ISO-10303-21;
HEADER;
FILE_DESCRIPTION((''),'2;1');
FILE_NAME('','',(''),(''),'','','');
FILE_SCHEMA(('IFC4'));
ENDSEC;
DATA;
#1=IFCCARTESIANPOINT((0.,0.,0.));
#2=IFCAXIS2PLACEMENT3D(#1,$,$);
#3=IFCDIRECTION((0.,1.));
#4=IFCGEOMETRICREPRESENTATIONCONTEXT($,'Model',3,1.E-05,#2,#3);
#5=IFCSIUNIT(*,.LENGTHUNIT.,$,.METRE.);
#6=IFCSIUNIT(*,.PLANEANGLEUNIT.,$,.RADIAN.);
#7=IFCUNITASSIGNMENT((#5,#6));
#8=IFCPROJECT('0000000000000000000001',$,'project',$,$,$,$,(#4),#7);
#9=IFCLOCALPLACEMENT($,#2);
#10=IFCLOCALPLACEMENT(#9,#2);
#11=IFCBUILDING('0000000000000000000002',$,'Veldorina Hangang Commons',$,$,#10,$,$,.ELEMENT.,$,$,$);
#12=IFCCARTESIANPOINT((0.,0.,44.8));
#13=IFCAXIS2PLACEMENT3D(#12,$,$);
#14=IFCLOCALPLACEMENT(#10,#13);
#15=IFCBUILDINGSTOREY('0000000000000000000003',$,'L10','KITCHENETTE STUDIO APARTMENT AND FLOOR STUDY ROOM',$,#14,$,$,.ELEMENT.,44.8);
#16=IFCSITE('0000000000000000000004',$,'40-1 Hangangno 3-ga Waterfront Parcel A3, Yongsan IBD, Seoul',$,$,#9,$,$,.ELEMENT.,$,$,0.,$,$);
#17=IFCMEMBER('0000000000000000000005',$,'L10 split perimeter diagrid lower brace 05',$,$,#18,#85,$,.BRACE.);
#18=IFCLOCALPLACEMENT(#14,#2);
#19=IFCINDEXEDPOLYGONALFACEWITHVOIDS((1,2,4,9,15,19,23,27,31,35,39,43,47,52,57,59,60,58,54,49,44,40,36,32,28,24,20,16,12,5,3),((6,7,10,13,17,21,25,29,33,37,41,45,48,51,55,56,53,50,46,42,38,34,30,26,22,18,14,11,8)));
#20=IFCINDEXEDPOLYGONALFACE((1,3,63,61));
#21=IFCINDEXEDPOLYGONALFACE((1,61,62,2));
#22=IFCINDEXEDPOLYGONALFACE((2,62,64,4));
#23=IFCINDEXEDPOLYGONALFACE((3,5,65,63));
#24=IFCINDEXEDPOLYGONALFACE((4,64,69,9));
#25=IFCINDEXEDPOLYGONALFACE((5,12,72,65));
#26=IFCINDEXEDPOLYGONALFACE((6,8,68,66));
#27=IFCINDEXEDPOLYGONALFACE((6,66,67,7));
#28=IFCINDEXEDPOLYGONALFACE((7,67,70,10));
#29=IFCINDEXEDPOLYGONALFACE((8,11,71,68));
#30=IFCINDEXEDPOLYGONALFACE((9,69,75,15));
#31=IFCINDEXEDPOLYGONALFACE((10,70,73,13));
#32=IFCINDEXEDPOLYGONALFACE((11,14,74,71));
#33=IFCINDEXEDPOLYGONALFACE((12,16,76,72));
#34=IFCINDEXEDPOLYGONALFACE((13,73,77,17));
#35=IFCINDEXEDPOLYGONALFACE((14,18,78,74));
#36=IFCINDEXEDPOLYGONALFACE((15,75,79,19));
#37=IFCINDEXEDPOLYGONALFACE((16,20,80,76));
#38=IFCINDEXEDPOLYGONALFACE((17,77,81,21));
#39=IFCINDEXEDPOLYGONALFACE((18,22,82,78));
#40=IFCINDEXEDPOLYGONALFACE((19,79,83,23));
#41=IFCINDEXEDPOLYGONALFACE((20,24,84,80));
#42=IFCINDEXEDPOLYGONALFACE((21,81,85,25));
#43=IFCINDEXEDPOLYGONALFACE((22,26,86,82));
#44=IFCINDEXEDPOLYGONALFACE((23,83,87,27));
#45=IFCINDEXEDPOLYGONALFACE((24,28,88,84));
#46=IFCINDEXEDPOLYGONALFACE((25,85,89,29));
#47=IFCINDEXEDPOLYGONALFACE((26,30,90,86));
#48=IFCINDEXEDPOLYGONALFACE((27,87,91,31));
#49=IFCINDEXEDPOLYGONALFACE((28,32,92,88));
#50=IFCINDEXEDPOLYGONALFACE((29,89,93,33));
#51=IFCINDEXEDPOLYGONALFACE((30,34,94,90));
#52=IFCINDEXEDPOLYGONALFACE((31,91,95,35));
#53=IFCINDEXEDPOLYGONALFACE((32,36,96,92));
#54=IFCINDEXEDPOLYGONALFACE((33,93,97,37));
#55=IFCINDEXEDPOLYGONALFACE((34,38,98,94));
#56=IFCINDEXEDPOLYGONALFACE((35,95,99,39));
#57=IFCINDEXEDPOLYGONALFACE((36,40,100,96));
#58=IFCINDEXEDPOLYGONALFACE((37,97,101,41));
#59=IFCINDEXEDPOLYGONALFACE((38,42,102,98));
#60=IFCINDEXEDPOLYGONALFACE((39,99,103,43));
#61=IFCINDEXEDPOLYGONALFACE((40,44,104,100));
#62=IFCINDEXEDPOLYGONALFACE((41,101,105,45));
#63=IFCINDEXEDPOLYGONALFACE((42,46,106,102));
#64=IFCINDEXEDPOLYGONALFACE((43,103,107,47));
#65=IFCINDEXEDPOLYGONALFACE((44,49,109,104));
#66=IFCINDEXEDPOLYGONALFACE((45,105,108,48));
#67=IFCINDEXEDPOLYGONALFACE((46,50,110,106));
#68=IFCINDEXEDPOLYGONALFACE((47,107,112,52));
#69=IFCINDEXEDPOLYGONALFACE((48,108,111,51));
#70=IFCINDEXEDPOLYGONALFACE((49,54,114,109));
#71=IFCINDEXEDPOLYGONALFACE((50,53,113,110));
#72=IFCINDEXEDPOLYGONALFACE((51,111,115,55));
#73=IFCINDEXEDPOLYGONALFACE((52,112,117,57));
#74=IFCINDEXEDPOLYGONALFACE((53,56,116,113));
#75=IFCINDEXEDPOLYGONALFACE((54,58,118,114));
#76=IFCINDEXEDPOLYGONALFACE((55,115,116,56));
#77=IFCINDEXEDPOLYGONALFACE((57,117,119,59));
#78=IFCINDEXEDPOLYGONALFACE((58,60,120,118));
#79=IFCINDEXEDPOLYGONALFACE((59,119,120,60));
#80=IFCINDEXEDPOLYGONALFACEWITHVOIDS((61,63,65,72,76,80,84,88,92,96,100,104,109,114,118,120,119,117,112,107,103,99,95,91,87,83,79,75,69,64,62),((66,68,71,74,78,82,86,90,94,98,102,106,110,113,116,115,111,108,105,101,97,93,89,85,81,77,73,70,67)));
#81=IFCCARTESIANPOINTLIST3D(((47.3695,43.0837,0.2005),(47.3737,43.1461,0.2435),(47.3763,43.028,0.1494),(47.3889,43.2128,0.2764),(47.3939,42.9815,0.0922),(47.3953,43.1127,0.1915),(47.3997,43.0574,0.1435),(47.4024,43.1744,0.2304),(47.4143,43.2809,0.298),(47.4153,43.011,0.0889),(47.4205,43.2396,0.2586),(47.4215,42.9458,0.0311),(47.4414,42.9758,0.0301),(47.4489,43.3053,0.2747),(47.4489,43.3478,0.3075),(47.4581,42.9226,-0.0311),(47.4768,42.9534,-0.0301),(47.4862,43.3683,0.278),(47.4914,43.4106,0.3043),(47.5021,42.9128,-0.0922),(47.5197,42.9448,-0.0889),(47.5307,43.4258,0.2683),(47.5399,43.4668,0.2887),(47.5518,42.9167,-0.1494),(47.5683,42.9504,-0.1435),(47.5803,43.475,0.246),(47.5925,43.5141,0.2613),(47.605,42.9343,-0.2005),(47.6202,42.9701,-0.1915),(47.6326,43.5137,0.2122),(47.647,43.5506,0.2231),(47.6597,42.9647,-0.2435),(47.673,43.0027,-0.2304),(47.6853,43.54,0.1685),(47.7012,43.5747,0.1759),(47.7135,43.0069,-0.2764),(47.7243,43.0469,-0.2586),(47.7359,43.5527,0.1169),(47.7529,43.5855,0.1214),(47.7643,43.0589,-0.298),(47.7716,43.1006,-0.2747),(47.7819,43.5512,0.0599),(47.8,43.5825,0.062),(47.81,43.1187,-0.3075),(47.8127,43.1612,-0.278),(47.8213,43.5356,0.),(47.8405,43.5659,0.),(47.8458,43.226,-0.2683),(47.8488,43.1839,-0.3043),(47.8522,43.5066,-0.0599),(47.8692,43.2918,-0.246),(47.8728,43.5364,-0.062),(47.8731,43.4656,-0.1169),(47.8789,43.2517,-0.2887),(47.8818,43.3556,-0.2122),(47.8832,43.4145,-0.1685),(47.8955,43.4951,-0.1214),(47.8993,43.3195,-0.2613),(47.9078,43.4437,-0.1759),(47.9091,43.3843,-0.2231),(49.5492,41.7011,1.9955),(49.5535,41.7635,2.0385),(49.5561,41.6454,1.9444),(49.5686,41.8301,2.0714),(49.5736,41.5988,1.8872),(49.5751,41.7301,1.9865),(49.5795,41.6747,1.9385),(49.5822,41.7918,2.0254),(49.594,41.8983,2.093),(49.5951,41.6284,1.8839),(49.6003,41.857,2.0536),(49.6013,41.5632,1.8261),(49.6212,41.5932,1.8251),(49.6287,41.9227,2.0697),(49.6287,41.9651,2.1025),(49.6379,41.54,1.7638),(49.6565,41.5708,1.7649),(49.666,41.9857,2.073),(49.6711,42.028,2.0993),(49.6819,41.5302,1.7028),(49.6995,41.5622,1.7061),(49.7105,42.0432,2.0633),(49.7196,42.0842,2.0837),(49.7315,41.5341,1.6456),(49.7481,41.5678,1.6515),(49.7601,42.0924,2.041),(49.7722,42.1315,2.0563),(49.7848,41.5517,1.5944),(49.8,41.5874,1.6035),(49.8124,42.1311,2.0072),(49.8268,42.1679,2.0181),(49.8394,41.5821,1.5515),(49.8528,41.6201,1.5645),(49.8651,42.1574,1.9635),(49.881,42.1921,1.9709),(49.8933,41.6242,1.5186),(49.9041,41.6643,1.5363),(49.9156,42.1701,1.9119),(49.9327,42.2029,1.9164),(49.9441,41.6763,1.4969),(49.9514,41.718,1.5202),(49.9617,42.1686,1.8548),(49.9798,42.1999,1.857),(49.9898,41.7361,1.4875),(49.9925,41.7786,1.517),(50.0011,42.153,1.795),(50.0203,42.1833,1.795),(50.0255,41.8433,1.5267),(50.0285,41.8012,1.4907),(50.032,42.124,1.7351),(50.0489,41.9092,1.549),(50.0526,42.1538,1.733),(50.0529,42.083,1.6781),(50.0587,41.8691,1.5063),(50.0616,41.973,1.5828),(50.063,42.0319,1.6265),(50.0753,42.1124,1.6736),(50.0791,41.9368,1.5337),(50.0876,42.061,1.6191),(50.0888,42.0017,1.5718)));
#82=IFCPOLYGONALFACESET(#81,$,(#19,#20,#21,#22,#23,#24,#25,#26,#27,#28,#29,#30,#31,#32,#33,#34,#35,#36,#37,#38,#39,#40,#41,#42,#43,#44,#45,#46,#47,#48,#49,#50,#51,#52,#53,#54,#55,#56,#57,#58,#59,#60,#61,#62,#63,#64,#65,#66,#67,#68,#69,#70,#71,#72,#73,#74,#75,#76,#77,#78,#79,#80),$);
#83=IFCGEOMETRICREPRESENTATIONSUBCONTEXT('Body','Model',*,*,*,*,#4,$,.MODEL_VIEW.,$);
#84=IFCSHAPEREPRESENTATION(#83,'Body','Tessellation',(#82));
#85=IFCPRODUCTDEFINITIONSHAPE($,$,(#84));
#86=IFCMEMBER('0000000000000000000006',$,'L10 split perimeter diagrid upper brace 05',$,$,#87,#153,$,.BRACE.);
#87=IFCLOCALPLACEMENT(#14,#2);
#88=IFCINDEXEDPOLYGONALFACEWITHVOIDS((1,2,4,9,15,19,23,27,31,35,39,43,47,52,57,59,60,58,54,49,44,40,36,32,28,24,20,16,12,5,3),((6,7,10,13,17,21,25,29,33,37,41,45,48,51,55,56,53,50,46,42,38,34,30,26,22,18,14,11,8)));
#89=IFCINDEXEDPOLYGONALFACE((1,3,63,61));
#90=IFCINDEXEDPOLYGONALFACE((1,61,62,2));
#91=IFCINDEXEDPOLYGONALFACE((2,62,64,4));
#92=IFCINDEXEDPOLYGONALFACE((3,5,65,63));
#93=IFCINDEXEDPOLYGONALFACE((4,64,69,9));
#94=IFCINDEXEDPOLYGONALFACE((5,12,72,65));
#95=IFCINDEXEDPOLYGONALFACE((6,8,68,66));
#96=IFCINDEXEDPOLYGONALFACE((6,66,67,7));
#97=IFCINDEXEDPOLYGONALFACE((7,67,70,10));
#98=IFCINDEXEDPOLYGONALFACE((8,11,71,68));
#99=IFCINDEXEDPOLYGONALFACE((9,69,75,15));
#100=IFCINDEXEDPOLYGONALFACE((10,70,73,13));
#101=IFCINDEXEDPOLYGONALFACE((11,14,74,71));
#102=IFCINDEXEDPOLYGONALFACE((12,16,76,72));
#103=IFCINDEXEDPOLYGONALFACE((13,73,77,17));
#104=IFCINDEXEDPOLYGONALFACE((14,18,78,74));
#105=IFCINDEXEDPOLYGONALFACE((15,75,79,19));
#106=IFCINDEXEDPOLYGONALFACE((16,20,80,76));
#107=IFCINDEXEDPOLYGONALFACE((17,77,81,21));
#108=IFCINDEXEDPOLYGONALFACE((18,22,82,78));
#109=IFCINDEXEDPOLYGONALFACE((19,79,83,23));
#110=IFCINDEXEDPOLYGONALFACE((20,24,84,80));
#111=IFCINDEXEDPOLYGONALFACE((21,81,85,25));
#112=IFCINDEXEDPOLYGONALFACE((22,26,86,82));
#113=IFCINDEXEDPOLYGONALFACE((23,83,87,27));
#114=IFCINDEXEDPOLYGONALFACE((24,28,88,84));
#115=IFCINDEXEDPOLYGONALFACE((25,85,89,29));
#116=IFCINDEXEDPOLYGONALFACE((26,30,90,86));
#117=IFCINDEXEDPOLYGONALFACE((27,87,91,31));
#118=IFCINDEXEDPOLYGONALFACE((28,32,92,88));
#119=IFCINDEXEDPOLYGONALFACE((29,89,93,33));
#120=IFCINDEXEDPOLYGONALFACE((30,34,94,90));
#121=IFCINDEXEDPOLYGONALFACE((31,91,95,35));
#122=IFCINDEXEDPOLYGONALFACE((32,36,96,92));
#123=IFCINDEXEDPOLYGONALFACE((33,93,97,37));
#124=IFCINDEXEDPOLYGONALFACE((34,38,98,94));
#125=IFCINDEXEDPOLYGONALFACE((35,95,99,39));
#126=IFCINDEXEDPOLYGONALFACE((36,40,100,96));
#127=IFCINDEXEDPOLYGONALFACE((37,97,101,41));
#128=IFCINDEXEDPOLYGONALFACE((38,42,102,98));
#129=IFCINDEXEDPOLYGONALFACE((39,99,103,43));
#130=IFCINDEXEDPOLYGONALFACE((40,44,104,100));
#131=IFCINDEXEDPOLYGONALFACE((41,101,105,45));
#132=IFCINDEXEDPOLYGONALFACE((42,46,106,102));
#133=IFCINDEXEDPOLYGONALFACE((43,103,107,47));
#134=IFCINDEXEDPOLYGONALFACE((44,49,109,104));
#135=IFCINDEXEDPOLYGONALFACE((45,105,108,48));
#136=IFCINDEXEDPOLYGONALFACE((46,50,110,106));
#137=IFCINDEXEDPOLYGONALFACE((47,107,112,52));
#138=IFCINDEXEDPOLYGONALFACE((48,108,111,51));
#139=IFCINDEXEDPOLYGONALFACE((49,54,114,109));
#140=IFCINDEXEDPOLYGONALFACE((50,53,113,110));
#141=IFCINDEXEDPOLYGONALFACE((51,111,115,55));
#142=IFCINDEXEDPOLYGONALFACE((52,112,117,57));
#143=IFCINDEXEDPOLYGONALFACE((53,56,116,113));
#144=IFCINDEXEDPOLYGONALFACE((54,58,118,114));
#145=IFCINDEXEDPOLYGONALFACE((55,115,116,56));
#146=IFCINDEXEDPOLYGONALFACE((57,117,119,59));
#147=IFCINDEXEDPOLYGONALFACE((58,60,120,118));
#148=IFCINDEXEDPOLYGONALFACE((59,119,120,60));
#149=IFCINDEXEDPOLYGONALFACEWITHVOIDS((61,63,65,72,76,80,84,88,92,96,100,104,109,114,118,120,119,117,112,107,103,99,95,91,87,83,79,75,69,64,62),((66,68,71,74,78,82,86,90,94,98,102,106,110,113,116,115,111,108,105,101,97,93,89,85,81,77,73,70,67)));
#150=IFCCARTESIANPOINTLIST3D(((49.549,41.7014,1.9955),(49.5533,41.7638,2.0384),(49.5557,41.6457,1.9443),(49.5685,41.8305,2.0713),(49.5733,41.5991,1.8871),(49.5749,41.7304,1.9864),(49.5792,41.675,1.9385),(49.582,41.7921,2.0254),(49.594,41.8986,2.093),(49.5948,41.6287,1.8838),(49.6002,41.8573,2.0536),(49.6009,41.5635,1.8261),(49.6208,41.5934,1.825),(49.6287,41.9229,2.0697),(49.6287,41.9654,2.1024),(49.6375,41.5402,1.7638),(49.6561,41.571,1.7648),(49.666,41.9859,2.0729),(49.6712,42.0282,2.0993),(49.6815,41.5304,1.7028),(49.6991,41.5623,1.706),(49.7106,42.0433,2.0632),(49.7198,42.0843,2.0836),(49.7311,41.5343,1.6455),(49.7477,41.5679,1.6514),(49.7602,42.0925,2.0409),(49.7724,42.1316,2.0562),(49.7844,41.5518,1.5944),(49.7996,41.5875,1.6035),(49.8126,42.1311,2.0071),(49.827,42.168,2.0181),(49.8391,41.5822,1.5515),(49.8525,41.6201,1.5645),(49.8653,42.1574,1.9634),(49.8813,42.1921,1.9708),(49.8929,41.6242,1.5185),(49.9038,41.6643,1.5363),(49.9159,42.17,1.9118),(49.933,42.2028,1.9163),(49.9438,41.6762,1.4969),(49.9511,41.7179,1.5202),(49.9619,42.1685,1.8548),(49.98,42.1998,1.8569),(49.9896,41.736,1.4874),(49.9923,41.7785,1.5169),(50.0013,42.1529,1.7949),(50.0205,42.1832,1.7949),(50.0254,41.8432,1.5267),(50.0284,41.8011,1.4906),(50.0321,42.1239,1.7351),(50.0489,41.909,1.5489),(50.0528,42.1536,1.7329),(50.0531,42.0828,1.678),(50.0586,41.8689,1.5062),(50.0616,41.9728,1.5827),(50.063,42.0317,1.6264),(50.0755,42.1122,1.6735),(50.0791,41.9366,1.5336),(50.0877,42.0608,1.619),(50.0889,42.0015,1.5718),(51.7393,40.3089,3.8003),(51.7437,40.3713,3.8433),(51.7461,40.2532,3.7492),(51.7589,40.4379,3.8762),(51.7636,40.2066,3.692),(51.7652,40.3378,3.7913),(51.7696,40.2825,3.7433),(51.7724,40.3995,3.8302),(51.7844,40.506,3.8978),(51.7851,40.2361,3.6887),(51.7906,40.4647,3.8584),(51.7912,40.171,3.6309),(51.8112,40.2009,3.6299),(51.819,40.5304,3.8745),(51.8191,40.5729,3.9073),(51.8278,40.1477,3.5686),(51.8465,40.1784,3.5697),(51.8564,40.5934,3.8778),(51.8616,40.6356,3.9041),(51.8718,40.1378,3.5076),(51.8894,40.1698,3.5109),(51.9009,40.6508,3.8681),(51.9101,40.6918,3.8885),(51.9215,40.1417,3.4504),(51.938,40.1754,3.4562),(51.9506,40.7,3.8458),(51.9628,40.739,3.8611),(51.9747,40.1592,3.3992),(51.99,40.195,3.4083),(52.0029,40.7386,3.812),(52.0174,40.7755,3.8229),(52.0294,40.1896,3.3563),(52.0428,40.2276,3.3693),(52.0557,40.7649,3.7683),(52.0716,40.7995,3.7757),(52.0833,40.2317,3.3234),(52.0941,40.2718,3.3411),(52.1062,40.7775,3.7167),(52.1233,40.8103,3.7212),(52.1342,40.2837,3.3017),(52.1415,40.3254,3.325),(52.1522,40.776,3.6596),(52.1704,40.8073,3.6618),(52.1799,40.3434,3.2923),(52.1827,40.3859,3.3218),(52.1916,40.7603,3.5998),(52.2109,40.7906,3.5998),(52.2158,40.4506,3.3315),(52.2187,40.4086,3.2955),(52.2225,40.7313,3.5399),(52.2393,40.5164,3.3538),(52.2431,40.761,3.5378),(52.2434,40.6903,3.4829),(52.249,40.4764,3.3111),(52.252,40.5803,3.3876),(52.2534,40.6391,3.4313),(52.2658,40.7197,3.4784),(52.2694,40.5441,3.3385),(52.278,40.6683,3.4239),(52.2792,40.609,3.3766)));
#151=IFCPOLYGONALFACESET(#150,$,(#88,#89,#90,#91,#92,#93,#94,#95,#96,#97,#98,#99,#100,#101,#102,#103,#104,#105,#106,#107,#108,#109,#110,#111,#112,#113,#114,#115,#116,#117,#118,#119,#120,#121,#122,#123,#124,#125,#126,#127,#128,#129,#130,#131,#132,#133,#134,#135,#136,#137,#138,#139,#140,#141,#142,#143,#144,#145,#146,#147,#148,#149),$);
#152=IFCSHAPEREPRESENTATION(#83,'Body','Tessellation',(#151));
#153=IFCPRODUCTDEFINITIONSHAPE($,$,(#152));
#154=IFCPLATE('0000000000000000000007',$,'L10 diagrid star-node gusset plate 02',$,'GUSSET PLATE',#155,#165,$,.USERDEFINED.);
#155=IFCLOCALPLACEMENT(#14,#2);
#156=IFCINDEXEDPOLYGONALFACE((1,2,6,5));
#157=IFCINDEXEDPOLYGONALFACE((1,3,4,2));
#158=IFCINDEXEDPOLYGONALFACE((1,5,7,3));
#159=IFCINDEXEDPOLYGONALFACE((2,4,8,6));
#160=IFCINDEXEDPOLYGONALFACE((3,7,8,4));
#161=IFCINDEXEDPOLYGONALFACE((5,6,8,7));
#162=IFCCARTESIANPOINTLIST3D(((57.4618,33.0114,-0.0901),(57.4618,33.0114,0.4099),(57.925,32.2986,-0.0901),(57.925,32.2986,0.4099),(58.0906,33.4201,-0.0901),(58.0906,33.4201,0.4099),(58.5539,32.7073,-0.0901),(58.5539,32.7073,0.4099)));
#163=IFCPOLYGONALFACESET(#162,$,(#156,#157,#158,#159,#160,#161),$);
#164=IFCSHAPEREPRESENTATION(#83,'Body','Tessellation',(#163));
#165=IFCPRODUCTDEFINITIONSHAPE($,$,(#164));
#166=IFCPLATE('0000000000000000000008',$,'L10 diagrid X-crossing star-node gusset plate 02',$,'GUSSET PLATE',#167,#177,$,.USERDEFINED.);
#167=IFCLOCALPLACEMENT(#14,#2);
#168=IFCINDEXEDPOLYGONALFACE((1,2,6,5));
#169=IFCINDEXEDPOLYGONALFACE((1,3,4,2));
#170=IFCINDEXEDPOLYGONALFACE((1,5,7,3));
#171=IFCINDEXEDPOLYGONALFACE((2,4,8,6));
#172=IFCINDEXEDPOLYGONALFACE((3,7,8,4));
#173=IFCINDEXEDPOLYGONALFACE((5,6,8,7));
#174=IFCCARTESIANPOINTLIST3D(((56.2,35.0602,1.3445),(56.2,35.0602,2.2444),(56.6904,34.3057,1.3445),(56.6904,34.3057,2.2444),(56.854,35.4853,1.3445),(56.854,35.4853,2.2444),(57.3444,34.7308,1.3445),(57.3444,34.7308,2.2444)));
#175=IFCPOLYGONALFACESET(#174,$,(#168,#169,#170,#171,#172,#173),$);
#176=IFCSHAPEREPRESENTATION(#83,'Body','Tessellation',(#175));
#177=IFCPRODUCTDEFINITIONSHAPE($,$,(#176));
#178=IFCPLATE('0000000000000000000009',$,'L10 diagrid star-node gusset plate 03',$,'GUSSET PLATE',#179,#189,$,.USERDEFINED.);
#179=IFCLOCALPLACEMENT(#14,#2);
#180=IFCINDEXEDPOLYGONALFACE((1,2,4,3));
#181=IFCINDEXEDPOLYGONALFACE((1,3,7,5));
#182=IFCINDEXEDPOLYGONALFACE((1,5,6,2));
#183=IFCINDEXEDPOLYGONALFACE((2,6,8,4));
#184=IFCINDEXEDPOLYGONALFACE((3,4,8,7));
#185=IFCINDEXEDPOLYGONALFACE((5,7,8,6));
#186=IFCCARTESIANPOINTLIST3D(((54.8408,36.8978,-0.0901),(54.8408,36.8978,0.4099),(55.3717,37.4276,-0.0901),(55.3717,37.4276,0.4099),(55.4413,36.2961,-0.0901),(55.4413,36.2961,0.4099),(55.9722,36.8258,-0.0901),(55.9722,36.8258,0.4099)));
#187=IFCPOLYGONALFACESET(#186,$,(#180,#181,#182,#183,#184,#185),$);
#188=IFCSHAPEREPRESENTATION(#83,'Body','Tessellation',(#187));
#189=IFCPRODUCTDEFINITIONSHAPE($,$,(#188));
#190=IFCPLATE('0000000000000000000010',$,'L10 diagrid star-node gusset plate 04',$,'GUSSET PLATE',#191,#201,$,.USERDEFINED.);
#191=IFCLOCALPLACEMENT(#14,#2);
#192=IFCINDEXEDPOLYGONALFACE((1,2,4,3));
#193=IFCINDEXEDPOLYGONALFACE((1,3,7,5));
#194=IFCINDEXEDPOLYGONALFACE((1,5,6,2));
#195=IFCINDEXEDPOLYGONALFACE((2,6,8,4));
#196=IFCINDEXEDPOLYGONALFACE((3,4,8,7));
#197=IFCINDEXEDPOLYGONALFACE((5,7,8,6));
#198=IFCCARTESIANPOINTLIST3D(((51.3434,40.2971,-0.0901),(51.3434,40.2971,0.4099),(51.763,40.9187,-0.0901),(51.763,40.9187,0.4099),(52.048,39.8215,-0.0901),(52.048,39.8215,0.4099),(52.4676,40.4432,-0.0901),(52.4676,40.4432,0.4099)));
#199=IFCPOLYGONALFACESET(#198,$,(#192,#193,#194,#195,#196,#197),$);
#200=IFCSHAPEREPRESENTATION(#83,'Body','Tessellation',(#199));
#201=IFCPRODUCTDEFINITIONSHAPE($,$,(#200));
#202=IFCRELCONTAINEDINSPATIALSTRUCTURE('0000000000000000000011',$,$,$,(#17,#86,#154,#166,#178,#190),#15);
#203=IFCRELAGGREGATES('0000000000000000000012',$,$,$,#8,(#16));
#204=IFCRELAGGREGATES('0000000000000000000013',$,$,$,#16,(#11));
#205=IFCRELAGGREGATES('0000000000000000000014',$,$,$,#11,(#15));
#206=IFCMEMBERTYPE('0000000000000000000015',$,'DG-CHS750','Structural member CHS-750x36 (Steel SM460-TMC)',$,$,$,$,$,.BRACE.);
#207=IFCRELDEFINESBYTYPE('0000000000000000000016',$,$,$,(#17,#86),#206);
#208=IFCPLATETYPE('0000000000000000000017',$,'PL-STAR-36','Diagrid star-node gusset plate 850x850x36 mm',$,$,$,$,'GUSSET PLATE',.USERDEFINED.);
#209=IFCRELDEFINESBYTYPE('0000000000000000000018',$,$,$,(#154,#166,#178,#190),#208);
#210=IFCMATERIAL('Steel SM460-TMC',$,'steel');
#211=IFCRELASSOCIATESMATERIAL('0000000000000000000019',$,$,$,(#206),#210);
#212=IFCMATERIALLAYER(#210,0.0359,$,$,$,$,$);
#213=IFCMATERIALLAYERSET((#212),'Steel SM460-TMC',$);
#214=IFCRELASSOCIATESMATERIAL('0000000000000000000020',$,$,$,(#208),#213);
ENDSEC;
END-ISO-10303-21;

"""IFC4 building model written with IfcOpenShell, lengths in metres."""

from ifc_helpers import new_model, si_unit, direction, frame, origin, origin_2d, place, context, subcontext, project, spatial, rectangle, hollow_circle, extrude, material, layer, layer_set, material_profile, profile_set, type_object, element, save


model = new_model("IFC4")

# Units and contexts
model_context = context("Model", 3, precision=1e-05, world=origin(), true_north=direction((0.0, 1.0)))
body_context = subcontext(model_context, "Body", "Model", "MODEL_VIEW")
ifc_project = project(units=[si_unit("LENGTHUNIT", "METRE"), si_unit("PLANEANGLEUNIT", "RADIAN")], contexts=[model_context])

# Site, building, storey
site_placement = place(None, origin())
site = spatial("IfcSite", under=ifc_project, at=site_placement, Name="40-1 Hangangno 3-ga Waterfront Parcel A3, Yongsan IBD, Seoul", CompositionType="ELEMENT", RefElevation=0.0)
building_placement = place(site_placement, origin())
building = spatial("IfcBuilding", under=site, at=building_placement, Name="Veldorina Hangang Commons", CompositionType="ELEMENT")
storey_placement = place(building_placement, frame((0.0, 0.0, 44.8)))
storey = spatial("IfcBuildingStorey", under=building, at=storey_placement, Name="L10", Description="KITCHENETTE STUDIO APARTMENT AND FLOOR STUDY ROOM", CompositionType="ELEMENT", Elevation=44.8)

# Shared definitions
ifc_material_1 = material(Name="Steel SM460-TMC", Category="steel")

# Members
ifc_material_profile_1 = material_profile(ifc_material_1, hollow_circle(Radius=0.375, WallThickness=0.0359, at=origin_2d()), Name="CHS-750x36")
ifc_profile_set_1 = profile_set([ifc_material_profile_1], Name="Steel SM460-TMC")
member_type = type_object("IfcMemberType", Name="DG-CHS750", Description="Structural member CHS-750x36 (Steel SM460-TMC)", PredefinedType="BRACE", material=ifc_profile_set_1)
member_1_placement = place(storey_placement, frame((47.6396, 43.2493, 0.0), z_axis=(0.693301, -0.439758, 0.570917), x_axis=(0.535633, 0.844451, 0.0)))
element("IfcMember", 1, at=member_1_placement, inside=storey, type_object=member_type, Name="L10 split perimeter diagrid lower brace 05", PredefinedType="BRACE", context=body_context, shape_type="SweptSolid", body=[
    extrude(hollow_circle(Radius=0.375, WallThickness=0.0359, at=origin_2d()), origin(), (0.0, 0.0, 1.0), 3.144),
])
member_2_placement = place(storey_placement, frame((49.8193, 41.8667, 1.7949), z_axis=(0.692847, -0.440481, 0.570911), x_axis=(0.53651, 0.843894, 0.0)))
element("IfcMember", 2, at=member_2_placement, inside=storey, type_object=member_type, Name="L10 split perimeter diagrid upper brace 05", PredefinedType="BRACE", context=body_context, shape_type="SweptSolid", body=[
    extrude(hollow_circle(Radius=0.375, WallThickness=0.0359, at=origin_2d()), origin(), (0.0, 0.0, 1.0), 3.1614),
])

# Plates
ifc_layer_1 = layer(ifc_material_1, 0.0359)
ifc_layer_set_1 = layer_set([ifc_layer_1], Name="Steel SM460-TMC")
plate_type = type_object("IfcPlateType", Name="PL-STAR-36", Description="Diagrid star-node gusset plate 850x850x36 mm", ElementType="GUSSET PLATE", PredefinedType="USERDEFINED", material=ifc_layer_set_1)
plate_1_placement = place(storey_placement, frame((58.0078, 32.8594, -0.0901), z_axis=(0.0, 0.0, 1.0), x_axis=(-0.544961, 0.838461, 0.0)))
element("IfcPlate", 3, at=plate_1_placement, inside=storey, type_object=plate_type, Name="L10 diagrid star-node gusset plate 02", ObjectType="GUSSET PLATE", PredefinedType="USERDEFINED", context=body_context, shape_type="SweptSolid", body=[
    extrude(rectangle(XDim=0.8501, YDim=0.75, at=origin_2d()), origin(), (0.0, 0.0, 1.0), 0.5),
])
plate_2_placement = place(storey_placement, frame((56.7722, 34.8955, 1.3445), z_axis=(0.0, 0.0, 1.0), x_axis=(-0.544961, 0.838461, 0.0)))
element("IfcPlate", 4, at=plate_2_placement, inside=storey, type_object=plate_type, Name="L10 diagrid X-crossing star-node gusset plate 02", ObjectType="GUSSET PLATE", PredefinedType="USERDEFINED", context=body_context, shape_type="SweptSolid", body=[
    extrude(rectangle(XDim=0.8999, YDim=0.78, at=origin_2d()), origin(), (0.0, 0.0, 1.0), 0.8999),
])
for number, where, z_axis, x_axis, name in (
    (5, (55.4065, 36.8618, -0.0901), (0.0, 0.0, 1.0), (-0.706366, 0.707847, 0.0), "L10 diagrid star-node gusset plate 03"),
    (6, (51.9055, 40.3701, -0.0901), (0.0, 0.0, 1.0), (-0.828881, 0.559424, 0.0), "L10 diagrid star-node gusset plate 04"),
):
    element("IfcPlate", number, at=place(storey_placement, frame(where, z_axis=z_axis, x_axis=x_axis)), inside=storey, type_object=plate_type, Name=name, ObjectType="GUSSET PLATE", PredefinedType="USERDEFINED", context=body_context, shape_type="SweptSolid", body=[
        extrude(rectangle(XDim=0.8501, YDim=0.75, at=origin_2d()), origin(), (0.0, 0.0, 1.0), 0.5),
    ])

save(model, "model.ifc")
